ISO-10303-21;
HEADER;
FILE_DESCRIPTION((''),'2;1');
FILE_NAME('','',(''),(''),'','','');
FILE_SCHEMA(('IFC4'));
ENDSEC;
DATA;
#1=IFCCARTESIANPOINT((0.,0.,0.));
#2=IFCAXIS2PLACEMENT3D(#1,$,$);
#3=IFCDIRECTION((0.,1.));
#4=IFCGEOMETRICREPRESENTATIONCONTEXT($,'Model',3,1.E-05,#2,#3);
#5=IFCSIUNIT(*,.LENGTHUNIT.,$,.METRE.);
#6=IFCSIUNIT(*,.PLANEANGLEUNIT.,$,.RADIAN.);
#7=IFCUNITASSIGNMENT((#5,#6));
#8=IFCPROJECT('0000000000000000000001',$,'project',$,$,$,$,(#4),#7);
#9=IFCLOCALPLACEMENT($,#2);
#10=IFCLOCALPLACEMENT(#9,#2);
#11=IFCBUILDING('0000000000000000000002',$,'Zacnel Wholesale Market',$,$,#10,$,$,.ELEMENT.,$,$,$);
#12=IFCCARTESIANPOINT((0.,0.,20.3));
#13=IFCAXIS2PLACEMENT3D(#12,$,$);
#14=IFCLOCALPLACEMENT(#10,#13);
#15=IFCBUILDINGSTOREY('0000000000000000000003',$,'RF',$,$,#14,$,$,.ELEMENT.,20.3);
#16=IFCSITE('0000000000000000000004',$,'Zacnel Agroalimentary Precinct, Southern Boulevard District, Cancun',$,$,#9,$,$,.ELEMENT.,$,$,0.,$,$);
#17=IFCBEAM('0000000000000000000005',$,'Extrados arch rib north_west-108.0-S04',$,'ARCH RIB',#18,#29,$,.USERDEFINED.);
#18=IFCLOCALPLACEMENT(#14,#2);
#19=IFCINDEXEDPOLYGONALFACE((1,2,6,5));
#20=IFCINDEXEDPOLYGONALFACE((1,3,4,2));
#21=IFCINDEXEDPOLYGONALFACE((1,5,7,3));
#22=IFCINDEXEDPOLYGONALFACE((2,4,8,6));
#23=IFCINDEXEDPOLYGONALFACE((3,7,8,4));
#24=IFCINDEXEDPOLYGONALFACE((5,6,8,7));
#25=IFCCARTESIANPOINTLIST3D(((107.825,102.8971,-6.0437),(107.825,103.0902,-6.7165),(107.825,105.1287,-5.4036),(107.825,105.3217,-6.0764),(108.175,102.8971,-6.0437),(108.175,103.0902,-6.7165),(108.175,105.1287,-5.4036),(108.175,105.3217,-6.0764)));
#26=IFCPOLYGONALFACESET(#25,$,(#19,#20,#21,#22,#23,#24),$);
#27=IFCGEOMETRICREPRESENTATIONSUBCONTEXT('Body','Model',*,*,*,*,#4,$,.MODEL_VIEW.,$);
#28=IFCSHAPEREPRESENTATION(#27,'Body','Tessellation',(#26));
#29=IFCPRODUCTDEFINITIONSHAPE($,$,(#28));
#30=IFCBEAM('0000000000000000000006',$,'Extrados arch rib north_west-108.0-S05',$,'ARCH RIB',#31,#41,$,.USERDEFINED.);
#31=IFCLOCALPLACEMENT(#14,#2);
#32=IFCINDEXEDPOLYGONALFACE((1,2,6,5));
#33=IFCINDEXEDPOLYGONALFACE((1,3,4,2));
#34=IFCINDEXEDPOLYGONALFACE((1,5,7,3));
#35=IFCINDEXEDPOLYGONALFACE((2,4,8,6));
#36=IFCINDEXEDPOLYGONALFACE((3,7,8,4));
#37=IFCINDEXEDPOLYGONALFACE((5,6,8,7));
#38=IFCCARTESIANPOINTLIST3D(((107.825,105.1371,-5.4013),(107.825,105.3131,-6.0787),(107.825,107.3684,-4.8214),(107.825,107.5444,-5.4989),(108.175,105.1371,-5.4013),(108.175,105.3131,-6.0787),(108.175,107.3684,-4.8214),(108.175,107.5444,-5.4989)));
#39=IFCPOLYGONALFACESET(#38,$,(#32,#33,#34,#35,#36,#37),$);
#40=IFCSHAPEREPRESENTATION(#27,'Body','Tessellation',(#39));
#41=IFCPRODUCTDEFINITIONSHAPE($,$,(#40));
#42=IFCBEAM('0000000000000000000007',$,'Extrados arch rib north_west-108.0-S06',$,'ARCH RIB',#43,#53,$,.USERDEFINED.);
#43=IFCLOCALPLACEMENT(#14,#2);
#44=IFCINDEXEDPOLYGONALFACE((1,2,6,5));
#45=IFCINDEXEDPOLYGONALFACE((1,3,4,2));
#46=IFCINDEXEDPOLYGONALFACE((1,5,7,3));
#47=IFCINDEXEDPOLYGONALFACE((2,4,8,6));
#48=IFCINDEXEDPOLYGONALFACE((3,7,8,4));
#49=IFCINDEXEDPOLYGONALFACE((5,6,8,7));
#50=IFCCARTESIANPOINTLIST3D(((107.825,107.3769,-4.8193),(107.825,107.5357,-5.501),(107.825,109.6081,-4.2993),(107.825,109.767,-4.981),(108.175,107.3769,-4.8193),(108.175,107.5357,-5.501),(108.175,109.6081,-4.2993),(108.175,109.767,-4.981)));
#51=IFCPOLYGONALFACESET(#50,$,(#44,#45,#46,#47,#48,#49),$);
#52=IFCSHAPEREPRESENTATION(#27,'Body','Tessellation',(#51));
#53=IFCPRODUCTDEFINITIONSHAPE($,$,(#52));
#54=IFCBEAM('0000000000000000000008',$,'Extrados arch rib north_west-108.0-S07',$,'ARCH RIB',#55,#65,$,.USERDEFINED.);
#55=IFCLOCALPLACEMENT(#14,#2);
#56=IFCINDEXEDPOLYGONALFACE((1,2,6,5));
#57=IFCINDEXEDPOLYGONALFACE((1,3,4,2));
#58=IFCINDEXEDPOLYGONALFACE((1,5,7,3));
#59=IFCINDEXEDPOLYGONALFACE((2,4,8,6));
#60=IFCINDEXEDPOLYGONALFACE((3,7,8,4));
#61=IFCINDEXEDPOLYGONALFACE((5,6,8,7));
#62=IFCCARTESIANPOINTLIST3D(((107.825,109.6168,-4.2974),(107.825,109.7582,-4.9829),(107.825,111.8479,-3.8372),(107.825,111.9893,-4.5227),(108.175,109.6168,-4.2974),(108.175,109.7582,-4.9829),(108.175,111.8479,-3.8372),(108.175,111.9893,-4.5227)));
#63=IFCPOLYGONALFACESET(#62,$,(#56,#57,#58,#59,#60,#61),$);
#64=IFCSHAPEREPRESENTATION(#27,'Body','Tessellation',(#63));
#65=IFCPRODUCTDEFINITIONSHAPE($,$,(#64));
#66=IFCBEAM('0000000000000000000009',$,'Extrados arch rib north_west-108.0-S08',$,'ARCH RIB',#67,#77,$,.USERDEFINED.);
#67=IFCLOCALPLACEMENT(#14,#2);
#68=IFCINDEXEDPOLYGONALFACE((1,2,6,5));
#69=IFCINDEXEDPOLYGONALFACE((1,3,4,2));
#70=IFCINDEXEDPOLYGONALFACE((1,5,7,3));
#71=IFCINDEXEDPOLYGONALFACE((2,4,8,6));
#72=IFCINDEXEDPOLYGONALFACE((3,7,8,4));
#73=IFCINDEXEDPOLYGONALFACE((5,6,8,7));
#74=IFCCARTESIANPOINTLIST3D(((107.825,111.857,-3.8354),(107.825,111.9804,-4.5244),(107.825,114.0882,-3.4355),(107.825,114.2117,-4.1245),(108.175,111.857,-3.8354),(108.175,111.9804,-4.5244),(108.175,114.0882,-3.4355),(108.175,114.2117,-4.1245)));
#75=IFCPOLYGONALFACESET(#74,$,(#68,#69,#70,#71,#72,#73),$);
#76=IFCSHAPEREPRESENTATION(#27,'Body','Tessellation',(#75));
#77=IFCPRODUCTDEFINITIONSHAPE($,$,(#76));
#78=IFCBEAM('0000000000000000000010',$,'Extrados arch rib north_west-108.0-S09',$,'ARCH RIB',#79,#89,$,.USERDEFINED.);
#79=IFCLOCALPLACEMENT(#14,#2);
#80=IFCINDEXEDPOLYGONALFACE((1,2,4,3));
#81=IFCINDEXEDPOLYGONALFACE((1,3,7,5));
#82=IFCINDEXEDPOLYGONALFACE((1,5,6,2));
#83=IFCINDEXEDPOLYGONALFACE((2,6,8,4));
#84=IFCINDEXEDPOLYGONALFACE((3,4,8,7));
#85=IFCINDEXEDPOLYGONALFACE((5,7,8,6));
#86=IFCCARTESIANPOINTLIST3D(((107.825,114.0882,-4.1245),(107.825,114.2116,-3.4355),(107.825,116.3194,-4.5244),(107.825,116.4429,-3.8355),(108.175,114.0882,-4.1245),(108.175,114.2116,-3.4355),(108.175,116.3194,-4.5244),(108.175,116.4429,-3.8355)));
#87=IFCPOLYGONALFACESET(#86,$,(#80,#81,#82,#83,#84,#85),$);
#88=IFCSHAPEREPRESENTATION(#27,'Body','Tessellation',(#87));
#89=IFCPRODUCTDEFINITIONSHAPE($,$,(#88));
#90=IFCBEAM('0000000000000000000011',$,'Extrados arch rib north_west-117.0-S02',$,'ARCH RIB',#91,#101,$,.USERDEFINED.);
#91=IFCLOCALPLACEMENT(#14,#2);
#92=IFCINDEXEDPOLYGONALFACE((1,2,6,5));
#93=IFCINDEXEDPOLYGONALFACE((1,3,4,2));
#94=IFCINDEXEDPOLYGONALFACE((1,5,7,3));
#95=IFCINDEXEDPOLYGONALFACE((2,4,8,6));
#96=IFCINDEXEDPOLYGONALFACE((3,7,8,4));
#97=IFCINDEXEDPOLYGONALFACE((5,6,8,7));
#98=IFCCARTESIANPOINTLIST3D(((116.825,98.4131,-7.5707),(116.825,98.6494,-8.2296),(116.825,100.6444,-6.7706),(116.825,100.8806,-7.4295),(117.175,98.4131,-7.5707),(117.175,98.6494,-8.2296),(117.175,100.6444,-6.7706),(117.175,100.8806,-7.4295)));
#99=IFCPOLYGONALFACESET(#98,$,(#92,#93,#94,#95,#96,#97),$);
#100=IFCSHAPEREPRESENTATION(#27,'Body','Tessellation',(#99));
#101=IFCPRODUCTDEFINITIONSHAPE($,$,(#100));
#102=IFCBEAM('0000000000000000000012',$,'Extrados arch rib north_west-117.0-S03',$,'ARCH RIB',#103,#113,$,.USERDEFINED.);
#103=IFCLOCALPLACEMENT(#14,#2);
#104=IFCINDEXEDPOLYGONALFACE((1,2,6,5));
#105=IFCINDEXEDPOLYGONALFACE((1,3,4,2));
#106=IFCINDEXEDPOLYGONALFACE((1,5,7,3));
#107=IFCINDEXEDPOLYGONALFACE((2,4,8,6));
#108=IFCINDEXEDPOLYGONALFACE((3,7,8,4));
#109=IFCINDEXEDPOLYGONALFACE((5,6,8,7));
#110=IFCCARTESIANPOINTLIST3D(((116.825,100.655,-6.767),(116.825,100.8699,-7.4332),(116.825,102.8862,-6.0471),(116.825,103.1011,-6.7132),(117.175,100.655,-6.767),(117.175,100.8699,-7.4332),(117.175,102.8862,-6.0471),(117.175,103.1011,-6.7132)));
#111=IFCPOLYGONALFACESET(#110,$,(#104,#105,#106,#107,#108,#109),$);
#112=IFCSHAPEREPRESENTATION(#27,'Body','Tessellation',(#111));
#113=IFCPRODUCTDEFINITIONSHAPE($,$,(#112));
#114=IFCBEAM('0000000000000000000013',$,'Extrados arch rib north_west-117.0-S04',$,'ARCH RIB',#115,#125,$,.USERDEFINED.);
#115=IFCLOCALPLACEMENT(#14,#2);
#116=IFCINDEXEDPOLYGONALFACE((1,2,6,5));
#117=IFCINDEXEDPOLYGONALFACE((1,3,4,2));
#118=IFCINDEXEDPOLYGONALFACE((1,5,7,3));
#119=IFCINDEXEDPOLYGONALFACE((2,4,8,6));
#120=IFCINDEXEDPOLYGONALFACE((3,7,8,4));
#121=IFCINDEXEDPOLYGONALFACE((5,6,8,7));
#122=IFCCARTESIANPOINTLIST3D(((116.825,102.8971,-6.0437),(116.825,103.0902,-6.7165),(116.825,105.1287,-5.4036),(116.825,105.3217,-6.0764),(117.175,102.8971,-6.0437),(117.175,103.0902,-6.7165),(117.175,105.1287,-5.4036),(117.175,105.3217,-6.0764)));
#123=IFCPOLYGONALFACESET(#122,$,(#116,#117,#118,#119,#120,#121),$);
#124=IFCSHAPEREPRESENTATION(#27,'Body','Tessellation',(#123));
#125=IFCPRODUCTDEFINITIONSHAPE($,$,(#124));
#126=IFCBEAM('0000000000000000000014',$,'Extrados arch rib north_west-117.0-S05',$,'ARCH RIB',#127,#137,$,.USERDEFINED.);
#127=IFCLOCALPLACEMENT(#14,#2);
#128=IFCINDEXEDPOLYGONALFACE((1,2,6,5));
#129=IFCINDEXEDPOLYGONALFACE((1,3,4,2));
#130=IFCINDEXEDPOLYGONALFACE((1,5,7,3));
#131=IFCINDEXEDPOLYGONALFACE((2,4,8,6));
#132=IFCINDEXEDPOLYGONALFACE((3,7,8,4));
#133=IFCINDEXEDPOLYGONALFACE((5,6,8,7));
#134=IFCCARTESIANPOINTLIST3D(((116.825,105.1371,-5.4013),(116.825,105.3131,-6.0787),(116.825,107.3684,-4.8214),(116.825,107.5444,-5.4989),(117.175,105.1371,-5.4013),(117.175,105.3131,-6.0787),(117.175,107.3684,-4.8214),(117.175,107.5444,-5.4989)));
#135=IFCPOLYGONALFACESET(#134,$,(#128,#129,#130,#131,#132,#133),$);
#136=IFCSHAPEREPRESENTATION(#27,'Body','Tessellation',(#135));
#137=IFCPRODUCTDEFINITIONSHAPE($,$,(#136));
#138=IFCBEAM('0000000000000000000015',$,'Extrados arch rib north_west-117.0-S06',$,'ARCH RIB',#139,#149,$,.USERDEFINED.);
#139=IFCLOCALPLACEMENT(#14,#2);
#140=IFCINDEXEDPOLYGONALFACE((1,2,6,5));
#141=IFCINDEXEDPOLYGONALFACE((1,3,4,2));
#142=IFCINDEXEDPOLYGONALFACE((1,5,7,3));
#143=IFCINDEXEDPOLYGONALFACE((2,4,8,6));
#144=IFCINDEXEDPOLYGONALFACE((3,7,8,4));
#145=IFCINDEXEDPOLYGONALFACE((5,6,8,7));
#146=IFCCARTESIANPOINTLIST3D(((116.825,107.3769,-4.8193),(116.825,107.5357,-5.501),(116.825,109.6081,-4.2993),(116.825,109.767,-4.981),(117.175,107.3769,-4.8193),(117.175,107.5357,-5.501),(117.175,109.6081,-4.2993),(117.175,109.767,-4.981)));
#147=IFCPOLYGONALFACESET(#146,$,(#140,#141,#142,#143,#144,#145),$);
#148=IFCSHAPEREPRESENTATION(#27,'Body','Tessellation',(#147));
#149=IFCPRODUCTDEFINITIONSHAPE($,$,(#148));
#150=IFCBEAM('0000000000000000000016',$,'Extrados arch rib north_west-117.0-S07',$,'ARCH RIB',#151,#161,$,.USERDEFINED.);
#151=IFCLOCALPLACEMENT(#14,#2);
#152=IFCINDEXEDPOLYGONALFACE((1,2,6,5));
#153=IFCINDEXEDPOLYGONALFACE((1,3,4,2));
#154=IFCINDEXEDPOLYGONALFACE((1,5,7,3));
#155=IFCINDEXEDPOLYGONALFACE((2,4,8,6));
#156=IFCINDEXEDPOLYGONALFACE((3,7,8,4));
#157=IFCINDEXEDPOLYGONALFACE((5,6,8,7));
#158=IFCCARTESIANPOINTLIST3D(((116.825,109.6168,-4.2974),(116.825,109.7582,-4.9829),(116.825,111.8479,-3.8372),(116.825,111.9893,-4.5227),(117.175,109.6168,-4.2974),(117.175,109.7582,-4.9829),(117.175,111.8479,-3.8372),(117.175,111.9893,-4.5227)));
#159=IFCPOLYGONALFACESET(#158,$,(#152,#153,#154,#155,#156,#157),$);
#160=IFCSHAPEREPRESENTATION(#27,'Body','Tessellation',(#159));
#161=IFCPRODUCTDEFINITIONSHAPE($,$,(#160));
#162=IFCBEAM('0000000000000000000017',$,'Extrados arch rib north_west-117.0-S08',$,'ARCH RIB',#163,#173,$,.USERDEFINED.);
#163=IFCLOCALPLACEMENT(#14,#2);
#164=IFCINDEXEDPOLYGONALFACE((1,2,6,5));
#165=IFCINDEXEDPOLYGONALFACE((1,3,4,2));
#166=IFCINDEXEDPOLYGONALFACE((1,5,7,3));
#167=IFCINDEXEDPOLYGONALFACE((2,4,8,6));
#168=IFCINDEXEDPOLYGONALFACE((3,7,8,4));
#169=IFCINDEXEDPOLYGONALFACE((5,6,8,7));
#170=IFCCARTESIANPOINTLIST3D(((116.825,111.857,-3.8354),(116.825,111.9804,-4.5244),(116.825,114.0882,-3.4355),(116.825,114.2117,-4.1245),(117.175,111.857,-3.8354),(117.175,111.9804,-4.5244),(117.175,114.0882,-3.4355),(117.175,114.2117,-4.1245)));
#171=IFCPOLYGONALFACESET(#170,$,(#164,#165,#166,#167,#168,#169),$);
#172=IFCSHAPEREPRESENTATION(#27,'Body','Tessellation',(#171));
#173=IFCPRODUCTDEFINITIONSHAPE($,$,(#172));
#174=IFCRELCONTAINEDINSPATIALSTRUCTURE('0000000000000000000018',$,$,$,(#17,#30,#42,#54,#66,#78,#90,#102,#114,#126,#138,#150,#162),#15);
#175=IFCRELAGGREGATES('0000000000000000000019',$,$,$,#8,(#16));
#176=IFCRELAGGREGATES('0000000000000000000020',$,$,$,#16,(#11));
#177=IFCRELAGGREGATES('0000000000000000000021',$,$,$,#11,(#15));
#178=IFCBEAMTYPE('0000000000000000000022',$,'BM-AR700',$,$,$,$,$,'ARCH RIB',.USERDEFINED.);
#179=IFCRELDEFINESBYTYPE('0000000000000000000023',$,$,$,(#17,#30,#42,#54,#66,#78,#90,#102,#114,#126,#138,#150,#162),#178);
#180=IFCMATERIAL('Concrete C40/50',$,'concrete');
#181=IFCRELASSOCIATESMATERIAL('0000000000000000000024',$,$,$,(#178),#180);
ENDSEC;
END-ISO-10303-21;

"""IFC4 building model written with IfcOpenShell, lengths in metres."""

from ifc_helpers import new_model, si_unit, direction, frame, origin, origin_2d, place, context, subcontext, project, spatial, rectangle, extrude, material, material_profile, profile_set, type_object, element, save


model = new_model("IFC4")

# Units and contexts
model_context = context("Model", 3, precision=1e-05, world=origin(), true_north=direction((0.0, 1.0)))
body_context = subcontext(model_context, "Body", "Model", "MODEL_VIEW")
ifc_project = project(units=[si_unit("LENGTHUNIT", "METRE"), si_unit("PLANEANGLEUNIT", "RADIAN")], contexts=[model_context])

# Site, building, storey
site_placement = place(None, origin())
site = spatial("IfcSite", under=ifc_project, at=site_placement, Name="Zacnel Agroalimentary Precinct, Southern Boulevard District, Cancun", CompositionType="ELEMENT", RefElevation=0.0)
building_placement = place(site_placement, origin())
building = spatial("IfcBuilding", under=site, at=building_placement, Name="Zacnel Wholesale Market", CompositionType="ELEMENT")
storey_placement = place(building_placement, frame((0.0, 0.0, 20.3)))
storey = spatial("IfcBuildingStorey", under=building, at=storey_placement, Name="RF", CompositionType="ELEMENT", Elevation=20.3)

# Beams
ifc_material_1 = material(Name="Concrete C40/50", Category="concrete")
ifc_material_profile_1 = material_profile(ifc_material_1, rectangle(XDim=0.3501, YDim=0.7, at=origin_2d()), Name="ARCH RIB 350x700")
ifc_profile_set_1 = profile_set([ifc_material_profile_1], Name="Concrete C40/50")
beam_type = type_object("IfcBeamType", Name="BM-AR700", ElementType="ARCH RIB", PredefinedType="USERDEFINED", material=ifc_profile_set_1)
beam_1_placement = place(storey_placement, frame((108.0, 102.9937, -6.3801), z_axis=(0.0, 0.96123, 0.275749), x_axis=(-1.0, 0.0, 0.0)))
element("IfcBeam", 1, at=beam_1_placement, inside=storey, type_object=beam_type, Name="Extrados arch rib north_west-108.0-S04", ObjectType="ARCH RIB", PredefinedType="USERDEFINED", context=body_context, shape_type="SweptSolid", body=[
    extrude(rectangle(XDim=0.3501, YDim=0.7, at=origin_2d()), origin(), (0.0, 0.0, 1.0), 2.3215),
])
beam_2_placement = place(storey_placement, frame((108.0, 105.2251, -5.74), z_axis=(0.0, 0.967852, 0.251521), x_axis=(-1.0, 0.0, 0.0)))
element("IfcBeam", 2, at=beam_2_placement, inside=storey, type_object=beam_type, Name="Extrados arch rib north_west-108.0-S05", ObjectType="ARCH RIB", PredefinedType="USERDEFINED", context=body_context, shape_type="SweptSolid", body=[
    extrude(rectangle(XDim=0.3501, YDim=0.7, at=origin_2d()), origin(), (0.0, 0.0, 1.0), 2.3054),
])
beam_3_placement = place(storey_placement, frame((108.0, 107.4563, -5.1602), z_axis=(0.0, 0.973899, 0.226984), x_axis=(-1.0, 0.0, 0.0)))
element("IfcBeam", 3, at=beam_3_placement, inside=storey, type_object=beam_type, Name="Extrados arch rib north_west-108.0-S06", ObjectType="ARCH RIB", PredefinedType="USERDEFINED", context=body_context, shape_type="SweptSolid", body=[
    extrude(rectangle(XDim=0.3501, YDim=0.7, at=origin_2d()), origin(), (0.0, 0.0, 1.0), 2.291),
])
beam_4_placement = place(storey_placement, frame((108.0, 109.6875, -4.6401), z_axis=(0.0, 0.979384, 0.202007), x_axis=(-1.0, 0.0, 0.0)))
element("IfcBeam", 4, at=beam_4_placement, inside=storey, type_object=beam_type, Name="Extrados arch rib north_west-108.0-S07", ObjectType="ARCH RIB", PredefinedType="USERDEFINED", context=body_context, shape_type="SweptSolid", body=[
    extrude(rectangle(XDim=0.3501, YDim=0.7, at=origin_2d()), origin(), (0.0, 0.0, 1.0), 2.2781),
])
for number, where, z_axis, x_axis, name in (
    (5, (108.0, 111.9187, -4.1799), (0.0, 0.984315, 0.176421), (-1.0, 0.0, 0.0), "Extrados arch rib north_west-108.0-S08"),
    (6, (108.0, 114.1499, -3.78), (0.0, 0.984315, -0.176421), (-1.0, 0.0, 0.0), "Extrados arch rib north_west-108.0-S09"),
):
    element("IfcBeam", number, at=place(storey_placement, frame(where, z_axis=z_axis, x_axis=x_axis)), inside=storey, type_object=beam_type, Name=name, ObjectType="ARCH RIB", PredefinedType="USERDEFINED", context=body_context, shape_type="SweptSolid", body=[
        extrude(rectangle(XDim=0.3501, YDim=0.7, at=origin_2d()), origin(), (0.0, 0.0, 1.0), 2.2668),
    ])
beam_5_placement = place(storey_placement, frame((117.0, 98.5312, -7.9001), z_axis=(0.0, 0.941315, 0.33753), x_axis=(-1.0, 0.0, 0.0)))
element("IfcBeam", 7, at=beam_5_placement, inside=storey, type_object=beam_type, Name="Extrados arch rib north_west-117.0-S02", ObjectType="ARCH RIB", PredefinedType="USERDEFINED", context=body_context, shape_type="SweptSolid", body=[
    extrude(rectangle(XDim=0.3501, YDim=0.7, at=origin_2d()), origin(), (0.0, 0.0, 1.0), 2.3704),
])
beam_6_placement = place(storey_placement, frame((117.0, 100.7625, -7.1001), z_axis=(0.0, 0.95168, 0.307091), x_axis=(-1.0, 0.0, 0.0)))
element("IfcBeam", 8, at=beam_6_placement, inside=storey, type_object=beam_type, Name="Extrados arch rib north_west-117.0-S03", ObjectType="ARCH RIB", PredefinedType="USERDEFINED", context=body_context, shape_type="SweptSolid", body=[
    extrude(rectangle(XDim=0.3501, YDim=0.7, at=origin_2d()), origin(), (0.0, 0.0, 1.0), 2.3445),
])
beam_7_placement = place(storey_placement, frame((117.0, 102.9937, -6.3801), z_axis=(0.0, 0.96123, 0.275749), x_axis=(-1.0, 0.0, 0.0)))
element("IfcBeam", 9, at=beam_7_placement, inside=storey, type_object=beam_type, Name="Extrados arch rib north_west-117.0-S04", ObjectType="ARCH RIB", PredefinedType="USERDEFINED", context=body_context, shape_type="SweptSolid", body=[
    extrude(rectangle(XDim=0.3501, YDim=0.7, at=origin_2d()), origin(), (0.0, 0.0, 1.0), 2.3215),
])
beam_8_placement = place(storey_placement, frame((117.0, 105.2251, -5.74), z_axis=(0.0, 0.967852, 0.251521), x_axis=(-1.0, 0.0, 0.0)))
element("IfcBeam", 10, at=beam_8_placement, inside=storey, type_object=beam_type, Name="Extrados arch rib north_west-117.0-S05", ObjectType="ARCH RIB", PredefinedType="USERDEFINED", context=body_context, shape_type="SweptSolid", body=[
    extrude(rectangle(XDim=0.3501, YDim=0.7, at=origin_2d()), origin(), (0.0, 0.0, 1.0), 2.3054),
])
beam_9_placement = place(storey_placement, frame((117.0, 107.4563, -5.1602), z_axis=(0.0, 0.973899, 0.226984), x_axis=(-1.0, 0.0, 0.0)))
element("IfcBeam", 11, at=beam_9_placement, inside=storey, type_object=beam_type, Name="Extrados arch rib north_west-117.0-S06", ObjectType="ARCH RIB", PredefinedType="USERDEFINED", context=body_context, shape_type="SweptSolid", body=[
    extrude(rectangle(XDim=0.3501, YDim=0.7, at=origin_2d()), origin(), (0.0, 0.0, 1.0), 2.291),
])
beam_10_placement = place(storey_placement, frame((117.0, 109.6875, -4.6401), z_axis=(0.0, 0.979384, 0.202007), x_axis=(-1.0, 0.0, 0.0)))
element("IfcBeam", 12, at=beam_10_placement, inside=storey, type_object=beam_type, Name="Extrados arch rib north_west-117.0-S07", ObjectType="ARCH RIB", PredefinedType="USERDEFINED", context=body_context, shape_type="SweptSolid", body=[
    extrude(rectangle(XDim=0.3501, YDim=0.7, at=origin_2d()), origin(), (0.0, 0.0, 1.0), 2.2781),
])
beam_11_placement = place(storey_placement, frame((117.0, 111.9187, -4.1799), z_axis=(0.0, 0.984315, 0.176421), x_axis=(-1.0, 0.0, 0.0)))
element("IfcBeam", 13, at=beam_11_placement, inside=storey, type_object=beam_type, Name="Extrados arch rib north_west-117.0-S08", ObjectType="ARCH RIB", PredefinedType="USERDEFINED", context=body_context, shape_type="SweptSolid", body=[
    extrude(rectangle(XDim=0.3501, YDim=0.7, at=origin_2d()), origin(), (0.0, 0.0, 1.0), 2.2668),
])

save(model, "model.ifc")
